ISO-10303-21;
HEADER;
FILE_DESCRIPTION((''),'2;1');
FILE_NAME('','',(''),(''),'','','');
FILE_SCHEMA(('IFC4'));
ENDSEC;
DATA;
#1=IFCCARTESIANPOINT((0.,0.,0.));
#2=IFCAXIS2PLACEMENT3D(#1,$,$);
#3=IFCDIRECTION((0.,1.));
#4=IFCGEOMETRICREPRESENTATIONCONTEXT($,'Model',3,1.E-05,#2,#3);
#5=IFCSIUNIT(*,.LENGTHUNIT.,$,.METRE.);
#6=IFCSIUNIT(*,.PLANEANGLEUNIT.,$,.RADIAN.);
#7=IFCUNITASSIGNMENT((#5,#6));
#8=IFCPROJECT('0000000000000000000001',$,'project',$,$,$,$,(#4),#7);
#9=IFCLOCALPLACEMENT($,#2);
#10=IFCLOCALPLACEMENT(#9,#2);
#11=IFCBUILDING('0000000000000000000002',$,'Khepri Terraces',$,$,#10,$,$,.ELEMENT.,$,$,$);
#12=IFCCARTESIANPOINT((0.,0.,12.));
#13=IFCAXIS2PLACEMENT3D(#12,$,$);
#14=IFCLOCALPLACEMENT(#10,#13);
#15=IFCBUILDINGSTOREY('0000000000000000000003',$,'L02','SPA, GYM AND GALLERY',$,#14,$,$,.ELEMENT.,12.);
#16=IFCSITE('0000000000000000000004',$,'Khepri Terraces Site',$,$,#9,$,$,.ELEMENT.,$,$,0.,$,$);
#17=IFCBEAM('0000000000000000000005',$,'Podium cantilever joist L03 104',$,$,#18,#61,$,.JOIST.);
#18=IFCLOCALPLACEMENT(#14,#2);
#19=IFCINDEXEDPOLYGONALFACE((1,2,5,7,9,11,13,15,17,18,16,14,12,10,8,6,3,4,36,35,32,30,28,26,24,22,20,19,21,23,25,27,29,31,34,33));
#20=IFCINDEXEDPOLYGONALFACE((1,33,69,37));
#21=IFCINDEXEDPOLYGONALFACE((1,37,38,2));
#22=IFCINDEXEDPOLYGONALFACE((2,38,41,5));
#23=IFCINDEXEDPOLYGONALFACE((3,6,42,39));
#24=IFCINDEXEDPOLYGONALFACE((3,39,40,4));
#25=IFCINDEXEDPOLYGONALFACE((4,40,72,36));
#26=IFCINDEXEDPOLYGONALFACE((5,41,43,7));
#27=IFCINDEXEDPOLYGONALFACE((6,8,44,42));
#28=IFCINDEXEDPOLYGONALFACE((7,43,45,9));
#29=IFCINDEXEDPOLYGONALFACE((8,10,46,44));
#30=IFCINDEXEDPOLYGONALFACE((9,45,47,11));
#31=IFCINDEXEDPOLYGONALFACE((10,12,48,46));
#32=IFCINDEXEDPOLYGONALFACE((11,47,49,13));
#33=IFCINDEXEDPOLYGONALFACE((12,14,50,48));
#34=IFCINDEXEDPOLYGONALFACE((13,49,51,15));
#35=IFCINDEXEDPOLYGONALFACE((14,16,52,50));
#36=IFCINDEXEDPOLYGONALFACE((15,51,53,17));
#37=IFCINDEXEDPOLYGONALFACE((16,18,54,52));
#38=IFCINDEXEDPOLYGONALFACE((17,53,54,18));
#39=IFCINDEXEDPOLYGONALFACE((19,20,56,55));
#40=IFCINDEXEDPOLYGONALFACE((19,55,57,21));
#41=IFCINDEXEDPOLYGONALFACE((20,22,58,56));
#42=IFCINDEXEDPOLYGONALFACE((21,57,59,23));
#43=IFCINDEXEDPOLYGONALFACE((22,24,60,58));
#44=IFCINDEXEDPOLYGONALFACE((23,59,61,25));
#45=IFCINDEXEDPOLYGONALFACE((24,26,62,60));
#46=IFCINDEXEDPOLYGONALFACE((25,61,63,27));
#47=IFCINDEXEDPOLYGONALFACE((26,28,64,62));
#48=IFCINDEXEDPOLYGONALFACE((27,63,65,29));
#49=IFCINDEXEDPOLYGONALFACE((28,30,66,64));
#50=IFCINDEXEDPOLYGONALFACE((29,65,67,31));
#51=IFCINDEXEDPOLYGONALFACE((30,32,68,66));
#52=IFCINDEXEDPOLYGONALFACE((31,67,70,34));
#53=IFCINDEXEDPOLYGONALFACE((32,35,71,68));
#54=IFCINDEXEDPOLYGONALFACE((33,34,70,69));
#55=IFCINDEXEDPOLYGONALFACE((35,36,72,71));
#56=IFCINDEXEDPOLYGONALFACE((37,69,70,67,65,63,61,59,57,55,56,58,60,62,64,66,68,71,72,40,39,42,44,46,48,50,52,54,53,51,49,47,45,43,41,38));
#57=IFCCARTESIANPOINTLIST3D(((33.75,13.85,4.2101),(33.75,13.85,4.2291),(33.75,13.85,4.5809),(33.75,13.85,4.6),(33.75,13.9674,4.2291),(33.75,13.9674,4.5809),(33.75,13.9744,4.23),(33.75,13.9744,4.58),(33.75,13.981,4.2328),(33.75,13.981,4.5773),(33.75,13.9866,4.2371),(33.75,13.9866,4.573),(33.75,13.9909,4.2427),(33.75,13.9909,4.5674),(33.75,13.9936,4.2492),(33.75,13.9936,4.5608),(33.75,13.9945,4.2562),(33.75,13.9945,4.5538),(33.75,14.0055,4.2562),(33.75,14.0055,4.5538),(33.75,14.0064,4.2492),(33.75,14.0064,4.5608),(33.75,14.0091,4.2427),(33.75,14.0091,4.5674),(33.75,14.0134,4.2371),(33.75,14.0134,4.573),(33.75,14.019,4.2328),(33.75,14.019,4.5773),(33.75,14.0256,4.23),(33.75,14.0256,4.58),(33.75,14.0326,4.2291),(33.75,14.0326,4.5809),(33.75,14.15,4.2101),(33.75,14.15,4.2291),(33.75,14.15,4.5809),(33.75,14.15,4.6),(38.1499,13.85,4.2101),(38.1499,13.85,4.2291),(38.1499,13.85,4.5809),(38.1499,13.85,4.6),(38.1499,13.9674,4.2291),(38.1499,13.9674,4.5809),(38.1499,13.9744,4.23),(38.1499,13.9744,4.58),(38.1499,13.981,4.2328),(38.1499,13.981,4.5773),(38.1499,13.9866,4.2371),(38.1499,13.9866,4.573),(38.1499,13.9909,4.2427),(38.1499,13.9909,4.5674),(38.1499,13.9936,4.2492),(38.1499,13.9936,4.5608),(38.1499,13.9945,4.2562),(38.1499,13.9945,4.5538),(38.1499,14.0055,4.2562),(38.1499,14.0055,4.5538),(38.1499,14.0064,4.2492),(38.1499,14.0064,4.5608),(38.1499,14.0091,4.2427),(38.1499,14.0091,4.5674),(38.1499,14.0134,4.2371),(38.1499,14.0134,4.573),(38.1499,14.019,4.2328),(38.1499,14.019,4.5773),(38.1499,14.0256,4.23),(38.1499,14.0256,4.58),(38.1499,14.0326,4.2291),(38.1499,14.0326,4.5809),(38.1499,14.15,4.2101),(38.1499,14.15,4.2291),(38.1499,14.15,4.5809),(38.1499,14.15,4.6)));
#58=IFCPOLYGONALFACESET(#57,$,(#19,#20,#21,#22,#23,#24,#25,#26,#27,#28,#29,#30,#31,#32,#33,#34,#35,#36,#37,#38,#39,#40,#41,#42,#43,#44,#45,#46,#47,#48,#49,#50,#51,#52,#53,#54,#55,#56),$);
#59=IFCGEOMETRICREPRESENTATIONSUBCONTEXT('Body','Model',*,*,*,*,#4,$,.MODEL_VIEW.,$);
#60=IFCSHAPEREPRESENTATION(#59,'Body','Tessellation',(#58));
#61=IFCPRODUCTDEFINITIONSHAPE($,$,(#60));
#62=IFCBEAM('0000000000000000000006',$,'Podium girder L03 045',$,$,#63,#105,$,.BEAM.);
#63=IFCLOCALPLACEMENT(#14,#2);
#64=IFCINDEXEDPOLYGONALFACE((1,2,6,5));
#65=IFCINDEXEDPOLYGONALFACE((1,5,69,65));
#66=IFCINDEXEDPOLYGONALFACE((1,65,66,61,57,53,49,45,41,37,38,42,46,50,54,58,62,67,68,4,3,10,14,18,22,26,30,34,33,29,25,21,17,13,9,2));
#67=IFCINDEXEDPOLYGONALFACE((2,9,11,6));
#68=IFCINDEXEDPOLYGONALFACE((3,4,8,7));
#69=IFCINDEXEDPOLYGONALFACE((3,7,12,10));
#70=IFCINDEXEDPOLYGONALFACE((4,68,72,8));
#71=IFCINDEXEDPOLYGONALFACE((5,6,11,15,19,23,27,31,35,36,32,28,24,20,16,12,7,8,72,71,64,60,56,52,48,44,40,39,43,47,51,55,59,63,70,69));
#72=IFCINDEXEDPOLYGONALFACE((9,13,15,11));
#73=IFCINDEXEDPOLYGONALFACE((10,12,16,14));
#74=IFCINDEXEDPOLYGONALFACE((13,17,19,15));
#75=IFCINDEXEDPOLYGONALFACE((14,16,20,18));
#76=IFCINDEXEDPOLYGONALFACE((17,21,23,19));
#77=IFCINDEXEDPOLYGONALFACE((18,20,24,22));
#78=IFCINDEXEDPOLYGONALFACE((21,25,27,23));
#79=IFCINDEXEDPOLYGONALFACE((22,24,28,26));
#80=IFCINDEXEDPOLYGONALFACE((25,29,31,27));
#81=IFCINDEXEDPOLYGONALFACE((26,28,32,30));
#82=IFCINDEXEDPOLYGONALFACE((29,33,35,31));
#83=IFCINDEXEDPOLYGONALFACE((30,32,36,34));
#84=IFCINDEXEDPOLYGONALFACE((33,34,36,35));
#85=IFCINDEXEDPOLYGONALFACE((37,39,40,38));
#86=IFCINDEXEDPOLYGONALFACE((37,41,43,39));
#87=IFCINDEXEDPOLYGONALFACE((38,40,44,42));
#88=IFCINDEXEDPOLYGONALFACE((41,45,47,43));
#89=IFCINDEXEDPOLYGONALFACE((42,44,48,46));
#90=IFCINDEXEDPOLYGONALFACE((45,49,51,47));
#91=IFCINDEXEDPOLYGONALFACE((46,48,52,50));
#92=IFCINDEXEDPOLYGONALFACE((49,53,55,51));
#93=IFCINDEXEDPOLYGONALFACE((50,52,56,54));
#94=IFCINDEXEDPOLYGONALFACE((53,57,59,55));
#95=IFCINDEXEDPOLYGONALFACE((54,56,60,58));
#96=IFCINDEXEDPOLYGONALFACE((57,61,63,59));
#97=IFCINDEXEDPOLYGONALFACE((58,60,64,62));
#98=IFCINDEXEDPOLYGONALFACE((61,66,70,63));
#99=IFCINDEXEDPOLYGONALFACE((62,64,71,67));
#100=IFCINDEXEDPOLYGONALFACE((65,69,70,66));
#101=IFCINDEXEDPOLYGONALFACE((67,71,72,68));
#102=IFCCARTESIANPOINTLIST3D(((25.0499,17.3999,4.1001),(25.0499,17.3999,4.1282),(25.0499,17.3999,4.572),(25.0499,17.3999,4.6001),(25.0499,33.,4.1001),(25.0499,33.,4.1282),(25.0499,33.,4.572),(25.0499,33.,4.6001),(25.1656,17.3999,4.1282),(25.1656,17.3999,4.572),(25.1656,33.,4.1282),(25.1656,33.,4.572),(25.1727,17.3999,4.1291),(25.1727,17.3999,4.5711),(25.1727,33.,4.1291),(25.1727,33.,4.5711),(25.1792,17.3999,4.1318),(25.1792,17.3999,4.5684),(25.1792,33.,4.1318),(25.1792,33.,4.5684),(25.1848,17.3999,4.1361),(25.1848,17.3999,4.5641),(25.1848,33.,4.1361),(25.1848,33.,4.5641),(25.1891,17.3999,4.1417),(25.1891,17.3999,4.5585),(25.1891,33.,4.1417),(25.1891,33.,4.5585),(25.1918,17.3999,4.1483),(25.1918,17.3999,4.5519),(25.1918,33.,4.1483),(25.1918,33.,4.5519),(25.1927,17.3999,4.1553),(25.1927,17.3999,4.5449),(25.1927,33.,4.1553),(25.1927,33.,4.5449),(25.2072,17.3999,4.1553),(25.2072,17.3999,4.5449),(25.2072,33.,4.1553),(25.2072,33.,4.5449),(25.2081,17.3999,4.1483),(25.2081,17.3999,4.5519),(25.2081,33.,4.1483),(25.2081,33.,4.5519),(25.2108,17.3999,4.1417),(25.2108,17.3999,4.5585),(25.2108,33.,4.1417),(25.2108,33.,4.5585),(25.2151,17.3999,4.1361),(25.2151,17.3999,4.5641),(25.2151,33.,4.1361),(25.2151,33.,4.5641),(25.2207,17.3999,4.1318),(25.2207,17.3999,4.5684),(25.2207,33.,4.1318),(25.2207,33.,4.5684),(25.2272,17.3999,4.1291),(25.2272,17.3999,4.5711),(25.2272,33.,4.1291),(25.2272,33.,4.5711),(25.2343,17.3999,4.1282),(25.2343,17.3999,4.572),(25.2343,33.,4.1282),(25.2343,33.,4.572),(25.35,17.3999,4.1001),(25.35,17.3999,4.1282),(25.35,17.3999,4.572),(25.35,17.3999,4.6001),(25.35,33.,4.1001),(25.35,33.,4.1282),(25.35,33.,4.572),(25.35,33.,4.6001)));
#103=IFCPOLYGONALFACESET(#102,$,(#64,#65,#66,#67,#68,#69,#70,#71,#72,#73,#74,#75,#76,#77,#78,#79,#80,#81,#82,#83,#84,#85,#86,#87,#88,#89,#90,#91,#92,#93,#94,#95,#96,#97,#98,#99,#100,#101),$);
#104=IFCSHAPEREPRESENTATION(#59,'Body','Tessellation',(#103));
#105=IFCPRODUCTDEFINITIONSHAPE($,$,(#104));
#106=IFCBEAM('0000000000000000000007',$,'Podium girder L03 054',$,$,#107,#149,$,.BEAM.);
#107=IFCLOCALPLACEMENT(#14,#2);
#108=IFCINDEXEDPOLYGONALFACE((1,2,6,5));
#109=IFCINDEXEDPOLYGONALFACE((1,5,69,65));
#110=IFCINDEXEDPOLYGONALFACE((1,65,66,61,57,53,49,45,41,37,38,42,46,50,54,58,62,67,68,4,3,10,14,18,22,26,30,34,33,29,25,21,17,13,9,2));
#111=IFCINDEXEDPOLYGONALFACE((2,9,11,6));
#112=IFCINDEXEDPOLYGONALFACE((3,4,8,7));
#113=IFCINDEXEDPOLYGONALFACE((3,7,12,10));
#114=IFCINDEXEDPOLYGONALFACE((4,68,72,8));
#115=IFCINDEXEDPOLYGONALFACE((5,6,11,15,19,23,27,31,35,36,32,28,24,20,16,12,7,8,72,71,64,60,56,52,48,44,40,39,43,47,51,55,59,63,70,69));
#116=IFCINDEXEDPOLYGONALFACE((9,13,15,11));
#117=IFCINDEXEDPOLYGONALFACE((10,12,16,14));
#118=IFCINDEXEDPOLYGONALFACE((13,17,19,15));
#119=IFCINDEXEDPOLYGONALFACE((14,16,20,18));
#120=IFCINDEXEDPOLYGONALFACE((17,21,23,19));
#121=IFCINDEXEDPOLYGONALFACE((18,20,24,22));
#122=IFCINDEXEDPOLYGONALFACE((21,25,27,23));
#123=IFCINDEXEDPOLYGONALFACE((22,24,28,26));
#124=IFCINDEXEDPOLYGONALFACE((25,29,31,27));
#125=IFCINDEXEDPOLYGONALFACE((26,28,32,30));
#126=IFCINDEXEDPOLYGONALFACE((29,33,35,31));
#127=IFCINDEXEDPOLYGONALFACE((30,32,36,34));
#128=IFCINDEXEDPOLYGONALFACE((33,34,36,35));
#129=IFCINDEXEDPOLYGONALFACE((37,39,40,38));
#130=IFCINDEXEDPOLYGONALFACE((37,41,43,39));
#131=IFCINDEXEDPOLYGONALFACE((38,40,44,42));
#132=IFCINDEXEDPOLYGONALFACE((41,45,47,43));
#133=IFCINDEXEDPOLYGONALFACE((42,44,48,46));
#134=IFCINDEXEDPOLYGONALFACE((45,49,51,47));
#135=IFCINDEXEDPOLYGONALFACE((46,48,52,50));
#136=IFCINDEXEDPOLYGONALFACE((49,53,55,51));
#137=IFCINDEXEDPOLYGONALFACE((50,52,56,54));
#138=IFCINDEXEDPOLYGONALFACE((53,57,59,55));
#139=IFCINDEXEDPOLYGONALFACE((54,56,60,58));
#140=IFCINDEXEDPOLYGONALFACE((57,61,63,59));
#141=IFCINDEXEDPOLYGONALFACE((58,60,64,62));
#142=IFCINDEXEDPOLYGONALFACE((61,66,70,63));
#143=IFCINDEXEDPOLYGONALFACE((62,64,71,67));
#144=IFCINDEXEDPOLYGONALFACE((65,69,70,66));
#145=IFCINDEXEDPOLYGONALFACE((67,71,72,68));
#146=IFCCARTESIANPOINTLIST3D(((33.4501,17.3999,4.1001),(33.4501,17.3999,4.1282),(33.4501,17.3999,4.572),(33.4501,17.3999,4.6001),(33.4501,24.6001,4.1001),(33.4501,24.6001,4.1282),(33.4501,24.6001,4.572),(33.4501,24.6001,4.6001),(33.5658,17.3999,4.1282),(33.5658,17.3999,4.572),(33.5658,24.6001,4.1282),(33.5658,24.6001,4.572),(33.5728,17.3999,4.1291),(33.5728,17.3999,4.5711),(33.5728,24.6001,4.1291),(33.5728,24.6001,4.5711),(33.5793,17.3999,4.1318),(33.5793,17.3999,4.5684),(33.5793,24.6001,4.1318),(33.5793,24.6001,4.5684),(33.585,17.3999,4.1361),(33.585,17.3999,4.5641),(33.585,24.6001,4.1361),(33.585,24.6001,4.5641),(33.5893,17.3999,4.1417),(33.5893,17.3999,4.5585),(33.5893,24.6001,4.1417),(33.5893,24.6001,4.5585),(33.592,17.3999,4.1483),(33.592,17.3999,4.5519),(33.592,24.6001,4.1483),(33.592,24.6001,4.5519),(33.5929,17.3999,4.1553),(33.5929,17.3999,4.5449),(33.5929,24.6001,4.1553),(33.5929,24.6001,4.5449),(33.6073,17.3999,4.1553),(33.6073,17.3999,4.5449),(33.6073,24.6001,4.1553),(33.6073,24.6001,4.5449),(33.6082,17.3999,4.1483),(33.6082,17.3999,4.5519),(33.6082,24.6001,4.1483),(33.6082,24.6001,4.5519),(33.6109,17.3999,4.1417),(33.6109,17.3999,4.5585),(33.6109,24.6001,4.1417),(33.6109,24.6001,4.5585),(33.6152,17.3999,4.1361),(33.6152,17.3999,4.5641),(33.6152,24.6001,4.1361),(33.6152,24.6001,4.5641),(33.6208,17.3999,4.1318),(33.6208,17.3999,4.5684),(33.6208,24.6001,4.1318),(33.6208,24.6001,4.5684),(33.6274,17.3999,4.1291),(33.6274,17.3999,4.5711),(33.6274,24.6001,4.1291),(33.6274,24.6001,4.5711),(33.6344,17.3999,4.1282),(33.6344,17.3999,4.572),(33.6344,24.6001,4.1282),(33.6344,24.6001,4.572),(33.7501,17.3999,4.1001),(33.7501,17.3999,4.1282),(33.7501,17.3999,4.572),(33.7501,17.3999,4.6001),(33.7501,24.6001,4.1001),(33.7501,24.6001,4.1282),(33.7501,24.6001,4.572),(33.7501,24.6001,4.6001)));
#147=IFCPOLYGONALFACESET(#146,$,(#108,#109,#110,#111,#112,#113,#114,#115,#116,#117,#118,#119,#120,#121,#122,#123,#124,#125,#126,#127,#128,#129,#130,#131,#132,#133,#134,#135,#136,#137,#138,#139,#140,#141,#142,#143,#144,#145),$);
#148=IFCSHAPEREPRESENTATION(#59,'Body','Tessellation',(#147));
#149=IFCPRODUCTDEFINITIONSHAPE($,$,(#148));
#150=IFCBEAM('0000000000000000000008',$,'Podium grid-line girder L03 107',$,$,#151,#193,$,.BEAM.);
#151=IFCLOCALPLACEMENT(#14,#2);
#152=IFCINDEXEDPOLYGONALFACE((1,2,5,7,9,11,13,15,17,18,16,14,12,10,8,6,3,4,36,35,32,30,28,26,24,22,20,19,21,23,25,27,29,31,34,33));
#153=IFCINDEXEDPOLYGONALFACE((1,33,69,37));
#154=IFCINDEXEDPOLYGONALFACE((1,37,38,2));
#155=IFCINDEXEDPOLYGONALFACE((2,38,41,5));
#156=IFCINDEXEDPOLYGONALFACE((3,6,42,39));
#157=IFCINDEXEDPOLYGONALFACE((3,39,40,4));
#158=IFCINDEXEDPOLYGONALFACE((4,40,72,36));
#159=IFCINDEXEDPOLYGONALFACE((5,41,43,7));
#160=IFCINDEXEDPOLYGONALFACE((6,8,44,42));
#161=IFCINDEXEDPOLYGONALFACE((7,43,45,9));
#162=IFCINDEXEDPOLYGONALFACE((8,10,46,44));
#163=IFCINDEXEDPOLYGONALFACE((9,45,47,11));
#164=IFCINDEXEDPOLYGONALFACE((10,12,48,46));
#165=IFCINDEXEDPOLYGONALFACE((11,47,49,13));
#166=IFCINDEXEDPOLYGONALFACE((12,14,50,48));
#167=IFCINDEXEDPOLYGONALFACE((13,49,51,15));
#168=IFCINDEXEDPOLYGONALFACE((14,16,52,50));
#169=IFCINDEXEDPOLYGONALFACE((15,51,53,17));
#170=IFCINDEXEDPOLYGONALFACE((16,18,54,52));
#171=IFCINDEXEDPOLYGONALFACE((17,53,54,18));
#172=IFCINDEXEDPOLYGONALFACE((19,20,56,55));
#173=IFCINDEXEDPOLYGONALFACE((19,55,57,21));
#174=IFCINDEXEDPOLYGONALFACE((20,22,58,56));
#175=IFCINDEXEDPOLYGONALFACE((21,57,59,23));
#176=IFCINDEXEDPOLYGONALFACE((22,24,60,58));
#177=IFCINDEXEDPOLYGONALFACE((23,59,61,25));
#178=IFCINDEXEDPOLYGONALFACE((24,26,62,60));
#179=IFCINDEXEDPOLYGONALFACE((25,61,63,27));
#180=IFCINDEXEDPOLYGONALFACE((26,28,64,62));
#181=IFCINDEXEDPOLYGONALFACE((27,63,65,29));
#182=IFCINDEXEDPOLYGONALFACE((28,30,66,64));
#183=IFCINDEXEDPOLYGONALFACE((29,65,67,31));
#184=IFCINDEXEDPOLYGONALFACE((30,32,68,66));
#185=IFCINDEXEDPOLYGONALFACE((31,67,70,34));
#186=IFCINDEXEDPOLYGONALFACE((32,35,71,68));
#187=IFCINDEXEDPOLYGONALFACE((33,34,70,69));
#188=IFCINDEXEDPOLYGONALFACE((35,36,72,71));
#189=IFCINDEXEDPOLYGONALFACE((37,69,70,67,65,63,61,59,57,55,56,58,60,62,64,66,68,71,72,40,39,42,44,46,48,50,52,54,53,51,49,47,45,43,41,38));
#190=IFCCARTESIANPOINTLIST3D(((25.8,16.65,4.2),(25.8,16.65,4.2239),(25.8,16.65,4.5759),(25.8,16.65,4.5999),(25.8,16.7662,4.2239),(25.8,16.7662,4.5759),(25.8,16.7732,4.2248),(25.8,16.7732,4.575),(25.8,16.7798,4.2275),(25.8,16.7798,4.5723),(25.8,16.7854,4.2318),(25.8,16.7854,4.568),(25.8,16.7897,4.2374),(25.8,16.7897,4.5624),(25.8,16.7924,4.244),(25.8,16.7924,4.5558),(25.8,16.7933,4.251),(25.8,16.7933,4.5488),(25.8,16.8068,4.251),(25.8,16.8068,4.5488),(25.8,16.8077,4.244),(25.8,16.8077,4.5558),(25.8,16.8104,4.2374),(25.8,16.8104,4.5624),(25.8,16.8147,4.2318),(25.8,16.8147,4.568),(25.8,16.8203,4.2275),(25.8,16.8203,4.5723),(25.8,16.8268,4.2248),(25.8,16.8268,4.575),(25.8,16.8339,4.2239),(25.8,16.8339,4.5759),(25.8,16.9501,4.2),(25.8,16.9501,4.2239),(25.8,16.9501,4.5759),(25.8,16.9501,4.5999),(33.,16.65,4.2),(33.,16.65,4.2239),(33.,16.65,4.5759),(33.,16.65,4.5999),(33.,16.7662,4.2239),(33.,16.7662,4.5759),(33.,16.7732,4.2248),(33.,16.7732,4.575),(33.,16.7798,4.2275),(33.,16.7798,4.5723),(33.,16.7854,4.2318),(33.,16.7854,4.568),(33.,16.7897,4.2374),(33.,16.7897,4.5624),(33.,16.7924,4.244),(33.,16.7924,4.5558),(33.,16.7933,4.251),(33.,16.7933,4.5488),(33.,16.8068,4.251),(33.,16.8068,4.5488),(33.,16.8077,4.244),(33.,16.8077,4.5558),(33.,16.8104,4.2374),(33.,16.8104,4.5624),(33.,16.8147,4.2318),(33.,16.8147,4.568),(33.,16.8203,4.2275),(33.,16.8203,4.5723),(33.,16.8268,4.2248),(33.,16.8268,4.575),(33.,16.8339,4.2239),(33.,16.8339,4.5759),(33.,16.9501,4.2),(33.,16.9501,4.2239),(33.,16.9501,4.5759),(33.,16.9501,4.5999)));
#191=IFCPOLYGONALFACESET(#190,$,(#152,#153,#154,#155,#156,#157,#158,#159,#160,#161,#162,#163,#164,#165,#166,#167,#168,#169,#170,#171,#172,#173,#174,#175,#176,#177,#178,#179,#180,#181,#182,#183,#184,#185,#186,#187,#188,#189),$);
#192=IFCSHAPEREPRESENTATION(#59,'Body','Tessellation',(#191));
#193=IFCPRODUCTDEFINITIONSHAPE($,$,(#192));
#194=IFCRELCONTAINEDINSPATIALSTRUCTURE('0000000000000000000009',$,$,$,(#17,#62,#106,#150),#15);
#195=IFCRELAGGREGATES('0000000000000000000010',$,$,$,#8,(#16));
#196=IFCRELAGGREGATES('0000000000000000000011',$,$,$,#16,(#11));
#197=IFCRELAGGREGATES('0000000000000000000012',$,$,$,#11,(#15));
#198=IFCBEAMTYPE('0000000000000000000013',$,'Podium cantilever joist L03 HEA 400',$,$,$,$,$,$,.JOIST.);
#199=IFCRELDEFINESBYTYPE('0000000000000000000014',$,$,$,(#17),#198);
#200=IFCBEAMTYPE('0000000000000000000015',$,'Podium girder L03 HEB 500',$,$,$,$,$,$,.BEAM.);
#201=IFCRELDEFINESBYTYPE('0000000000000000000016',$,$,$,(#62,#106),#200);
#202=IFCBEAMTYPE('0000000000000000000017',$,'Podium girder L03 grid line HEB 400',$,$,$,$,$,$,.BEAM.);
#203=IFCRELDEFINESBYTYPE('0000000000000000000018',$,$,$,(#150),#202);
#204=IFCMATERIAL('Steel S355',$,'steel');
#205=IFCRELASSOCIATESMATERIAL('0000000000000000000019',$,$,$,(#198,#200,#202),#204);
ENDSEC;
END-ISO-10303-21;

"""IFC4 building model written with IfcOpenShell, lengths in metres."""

from ifc_helpers import new_model, si_unit, direction, frame, origin, origin_2d, place, context, subcontext, project, spatial, i_section, extrude, material, material_profile, profile_set, type_object, element, save


model = new_model("IFC4")

# Units and contexts
model_context = context("Model", 3, precision=1e-05, world=origin(), true_north=direction((0.0, 1.0)))
body_context = subcontext(model_context, "Body", "Model", "MODEL_VIEW")
ifc_project = project(units=[si_unit("LENGTHUNIT", "METRE"), si_unit("PLANEANGLEUNIT", "RADIAN")], contexts=[model_context])

# Site, building, storey
site_placement = place(None, origin())
site = spatial("IfcSite", under=ifc_project, at=site_placement, Name="Khepri Terraces Site", CompositionType="ELEMENT", RefElevation=0.0)
building_placement = place(site_placement, origin())
building = spatial("IfcBuilding", under=site, at=building_placement, Name="Khepri Terraces", CompositionType="ELEMENT")
storey_placement = place(building_placement, frame((0.0, 0.0, 12.0)))
storey = spatial("IfcBuildingStorey", under=building, at=storey_placement, Name="L02", Description="SPA, GYM AND GALLERY", CompositionType="ELEMENT", Elevation=12.0)

# Beams
ifc_material_1 = material(Name="Steel S355", Category="steel")
ifc_material_profile_1 = material_profile(ifc_material_1, i_section(OverallWidth=0.3, OverallDepth=0.3899, WebThickness=0.011, FlangeThickness=0.019, FilletRadius=0.0271, at=origin_2d()), Name="Steel S355", Category="steel")
ifc_profile_set_1 = profile_set([ifc_material_profile_1], Name="Steel S355")
beam_type_1 = type_object("IfcBeamType", Name="Podium cantilever joist L03 HEA 400", PredefinedType="JOIST", material=ifc_profile_set_1)
for number, where, z_axis, x_axis, name in (
    (1, (33.75, 14.0, 4.405), (1.0, 0.0, 0.0), (0.0, 1.0, 0.0), "Podium cantilever joist L03 104"),
):
    element("IfcBeam", number, at=place(storey_placement, frame(where, z_axis=z_axis, x_axis=x_axis)), inside=storey, type_object=beam_type_1, Name=name, PredefinedType="JOIST", context=body_context, shape_type="SweptSolid", body=[
        extrude(i_section(OverallWidth=0.3, OverallDepth=0.3899, WebThickness=0.011, FlangeThickness=0.019, FilletRadius=0.0271, at=origin_2d()), origin(), (0.0, 0.0, 1.0), 4.3999),
    ])
ifc_material_profile_2 = material_profile(ifc_material_1, i_section(OverallWidth=0.3, OverallDepth=0.5, WebThickness=0.0144, FlangeThickness=0.0281, FilletRadius=0.0271, at=origin_2d()), Name="Steel S355", Category="steel")
ifc_profile_set_2 = profile_set([ifc_material_profile_2], Name="Steel S355")
beam_type_2 = type_object("IfcBeamType", Name="Podium girder L03 HEB 500", PredefinedType="BEAM", material=ifc_profile_set_2)
beam_1_placement = place(storey_placement, frame((25.2, 17.3999, 4.3501), z_axis=(0.0, 1.0, 0.0), x_axis=(-1.0, 0.0, 0.0)))
element("IfcBeam", 2, at=beam_1_placement, inside=storey, type_object=beam_type_2, Name="Podium girder L03 045", PredefinedType="BEAM", context=body_context, shape_type="SweptSolid", body=[
    extrude(i_section(OverallWidth=0.3, OverallDepth=0.5, WebThickness=0.0144, FlangeThickness=0.0281, FilletRadius=0.0271, at=origin_2d()), origin(), (0.0, 0.0, 1.0), 15.6001),
])
beam_2_placement = place(storey_placement, frame((33.6001, 17.3999, 4.3501), z_axis=(0.0, 1.0, 0.0), x_axis=(-1.0, 0.0, 0.0)))
element("IfcBeam", 3, at=beam_2_placement, inside=storey, type_object=beam_type_2, Name="Podium girder L03 054", PredefinedType="BEAM", context=body_context, shape_type="SweptSolid", body=[
    extrude(i_section(OverallWidth=0.3, OverallDepth=0.5, WebThickness=0.0144, FlangeThickness=0.0281, FilletRadius=0.0271, at=origin_2d()), origin(), (0.0, 0.0, 1.0), 7.2002),
])
ifc_material_profile_3 = material_profile(ifc_material_1, i_section(OverallWidth=0.3, OverallDepth=0.3999, WebThickness=0.0134, FlangeThickness=0.0239, FilletRadius=0.0271, at=origin_2d()), Name="Steel S355", Category="steel")
ifc_profile_set_3 = profile_set([ifc_material_profile_3], Name="Steel S355")
beam_type_3 = type_object("IfcBeamType", Name="Podium girder L03 grid line HEB 400", PredefinedType="BEAM", material=ifc_profile_set_3)
beam_3_placement = place(storey_placement, frame((25.8, 16.8, 4.3999), z_axis=(1.0, 0.0, 0.0), x_axis=(0.0, 1.0, 0.0)))
element("IfcBeam", 4, at=beam_3_placement, inside=storey, type_object=beam_type_3, Name="Podium grid-line girder L03 107", PredefinedType="BEAM", context=body_context, shape_type="SweptSolid", body=[
    extrude(i_section(OverallWidth=0.3, OverallDepth=0.3999, WebThickness=0.0134, FlangeThickness=0.0239, FilletRadius=0.0271, at=origin_2d()), origin(), (0.0, 0.0, 1.0), 7.2),
])

save(model, "model.ifc")
